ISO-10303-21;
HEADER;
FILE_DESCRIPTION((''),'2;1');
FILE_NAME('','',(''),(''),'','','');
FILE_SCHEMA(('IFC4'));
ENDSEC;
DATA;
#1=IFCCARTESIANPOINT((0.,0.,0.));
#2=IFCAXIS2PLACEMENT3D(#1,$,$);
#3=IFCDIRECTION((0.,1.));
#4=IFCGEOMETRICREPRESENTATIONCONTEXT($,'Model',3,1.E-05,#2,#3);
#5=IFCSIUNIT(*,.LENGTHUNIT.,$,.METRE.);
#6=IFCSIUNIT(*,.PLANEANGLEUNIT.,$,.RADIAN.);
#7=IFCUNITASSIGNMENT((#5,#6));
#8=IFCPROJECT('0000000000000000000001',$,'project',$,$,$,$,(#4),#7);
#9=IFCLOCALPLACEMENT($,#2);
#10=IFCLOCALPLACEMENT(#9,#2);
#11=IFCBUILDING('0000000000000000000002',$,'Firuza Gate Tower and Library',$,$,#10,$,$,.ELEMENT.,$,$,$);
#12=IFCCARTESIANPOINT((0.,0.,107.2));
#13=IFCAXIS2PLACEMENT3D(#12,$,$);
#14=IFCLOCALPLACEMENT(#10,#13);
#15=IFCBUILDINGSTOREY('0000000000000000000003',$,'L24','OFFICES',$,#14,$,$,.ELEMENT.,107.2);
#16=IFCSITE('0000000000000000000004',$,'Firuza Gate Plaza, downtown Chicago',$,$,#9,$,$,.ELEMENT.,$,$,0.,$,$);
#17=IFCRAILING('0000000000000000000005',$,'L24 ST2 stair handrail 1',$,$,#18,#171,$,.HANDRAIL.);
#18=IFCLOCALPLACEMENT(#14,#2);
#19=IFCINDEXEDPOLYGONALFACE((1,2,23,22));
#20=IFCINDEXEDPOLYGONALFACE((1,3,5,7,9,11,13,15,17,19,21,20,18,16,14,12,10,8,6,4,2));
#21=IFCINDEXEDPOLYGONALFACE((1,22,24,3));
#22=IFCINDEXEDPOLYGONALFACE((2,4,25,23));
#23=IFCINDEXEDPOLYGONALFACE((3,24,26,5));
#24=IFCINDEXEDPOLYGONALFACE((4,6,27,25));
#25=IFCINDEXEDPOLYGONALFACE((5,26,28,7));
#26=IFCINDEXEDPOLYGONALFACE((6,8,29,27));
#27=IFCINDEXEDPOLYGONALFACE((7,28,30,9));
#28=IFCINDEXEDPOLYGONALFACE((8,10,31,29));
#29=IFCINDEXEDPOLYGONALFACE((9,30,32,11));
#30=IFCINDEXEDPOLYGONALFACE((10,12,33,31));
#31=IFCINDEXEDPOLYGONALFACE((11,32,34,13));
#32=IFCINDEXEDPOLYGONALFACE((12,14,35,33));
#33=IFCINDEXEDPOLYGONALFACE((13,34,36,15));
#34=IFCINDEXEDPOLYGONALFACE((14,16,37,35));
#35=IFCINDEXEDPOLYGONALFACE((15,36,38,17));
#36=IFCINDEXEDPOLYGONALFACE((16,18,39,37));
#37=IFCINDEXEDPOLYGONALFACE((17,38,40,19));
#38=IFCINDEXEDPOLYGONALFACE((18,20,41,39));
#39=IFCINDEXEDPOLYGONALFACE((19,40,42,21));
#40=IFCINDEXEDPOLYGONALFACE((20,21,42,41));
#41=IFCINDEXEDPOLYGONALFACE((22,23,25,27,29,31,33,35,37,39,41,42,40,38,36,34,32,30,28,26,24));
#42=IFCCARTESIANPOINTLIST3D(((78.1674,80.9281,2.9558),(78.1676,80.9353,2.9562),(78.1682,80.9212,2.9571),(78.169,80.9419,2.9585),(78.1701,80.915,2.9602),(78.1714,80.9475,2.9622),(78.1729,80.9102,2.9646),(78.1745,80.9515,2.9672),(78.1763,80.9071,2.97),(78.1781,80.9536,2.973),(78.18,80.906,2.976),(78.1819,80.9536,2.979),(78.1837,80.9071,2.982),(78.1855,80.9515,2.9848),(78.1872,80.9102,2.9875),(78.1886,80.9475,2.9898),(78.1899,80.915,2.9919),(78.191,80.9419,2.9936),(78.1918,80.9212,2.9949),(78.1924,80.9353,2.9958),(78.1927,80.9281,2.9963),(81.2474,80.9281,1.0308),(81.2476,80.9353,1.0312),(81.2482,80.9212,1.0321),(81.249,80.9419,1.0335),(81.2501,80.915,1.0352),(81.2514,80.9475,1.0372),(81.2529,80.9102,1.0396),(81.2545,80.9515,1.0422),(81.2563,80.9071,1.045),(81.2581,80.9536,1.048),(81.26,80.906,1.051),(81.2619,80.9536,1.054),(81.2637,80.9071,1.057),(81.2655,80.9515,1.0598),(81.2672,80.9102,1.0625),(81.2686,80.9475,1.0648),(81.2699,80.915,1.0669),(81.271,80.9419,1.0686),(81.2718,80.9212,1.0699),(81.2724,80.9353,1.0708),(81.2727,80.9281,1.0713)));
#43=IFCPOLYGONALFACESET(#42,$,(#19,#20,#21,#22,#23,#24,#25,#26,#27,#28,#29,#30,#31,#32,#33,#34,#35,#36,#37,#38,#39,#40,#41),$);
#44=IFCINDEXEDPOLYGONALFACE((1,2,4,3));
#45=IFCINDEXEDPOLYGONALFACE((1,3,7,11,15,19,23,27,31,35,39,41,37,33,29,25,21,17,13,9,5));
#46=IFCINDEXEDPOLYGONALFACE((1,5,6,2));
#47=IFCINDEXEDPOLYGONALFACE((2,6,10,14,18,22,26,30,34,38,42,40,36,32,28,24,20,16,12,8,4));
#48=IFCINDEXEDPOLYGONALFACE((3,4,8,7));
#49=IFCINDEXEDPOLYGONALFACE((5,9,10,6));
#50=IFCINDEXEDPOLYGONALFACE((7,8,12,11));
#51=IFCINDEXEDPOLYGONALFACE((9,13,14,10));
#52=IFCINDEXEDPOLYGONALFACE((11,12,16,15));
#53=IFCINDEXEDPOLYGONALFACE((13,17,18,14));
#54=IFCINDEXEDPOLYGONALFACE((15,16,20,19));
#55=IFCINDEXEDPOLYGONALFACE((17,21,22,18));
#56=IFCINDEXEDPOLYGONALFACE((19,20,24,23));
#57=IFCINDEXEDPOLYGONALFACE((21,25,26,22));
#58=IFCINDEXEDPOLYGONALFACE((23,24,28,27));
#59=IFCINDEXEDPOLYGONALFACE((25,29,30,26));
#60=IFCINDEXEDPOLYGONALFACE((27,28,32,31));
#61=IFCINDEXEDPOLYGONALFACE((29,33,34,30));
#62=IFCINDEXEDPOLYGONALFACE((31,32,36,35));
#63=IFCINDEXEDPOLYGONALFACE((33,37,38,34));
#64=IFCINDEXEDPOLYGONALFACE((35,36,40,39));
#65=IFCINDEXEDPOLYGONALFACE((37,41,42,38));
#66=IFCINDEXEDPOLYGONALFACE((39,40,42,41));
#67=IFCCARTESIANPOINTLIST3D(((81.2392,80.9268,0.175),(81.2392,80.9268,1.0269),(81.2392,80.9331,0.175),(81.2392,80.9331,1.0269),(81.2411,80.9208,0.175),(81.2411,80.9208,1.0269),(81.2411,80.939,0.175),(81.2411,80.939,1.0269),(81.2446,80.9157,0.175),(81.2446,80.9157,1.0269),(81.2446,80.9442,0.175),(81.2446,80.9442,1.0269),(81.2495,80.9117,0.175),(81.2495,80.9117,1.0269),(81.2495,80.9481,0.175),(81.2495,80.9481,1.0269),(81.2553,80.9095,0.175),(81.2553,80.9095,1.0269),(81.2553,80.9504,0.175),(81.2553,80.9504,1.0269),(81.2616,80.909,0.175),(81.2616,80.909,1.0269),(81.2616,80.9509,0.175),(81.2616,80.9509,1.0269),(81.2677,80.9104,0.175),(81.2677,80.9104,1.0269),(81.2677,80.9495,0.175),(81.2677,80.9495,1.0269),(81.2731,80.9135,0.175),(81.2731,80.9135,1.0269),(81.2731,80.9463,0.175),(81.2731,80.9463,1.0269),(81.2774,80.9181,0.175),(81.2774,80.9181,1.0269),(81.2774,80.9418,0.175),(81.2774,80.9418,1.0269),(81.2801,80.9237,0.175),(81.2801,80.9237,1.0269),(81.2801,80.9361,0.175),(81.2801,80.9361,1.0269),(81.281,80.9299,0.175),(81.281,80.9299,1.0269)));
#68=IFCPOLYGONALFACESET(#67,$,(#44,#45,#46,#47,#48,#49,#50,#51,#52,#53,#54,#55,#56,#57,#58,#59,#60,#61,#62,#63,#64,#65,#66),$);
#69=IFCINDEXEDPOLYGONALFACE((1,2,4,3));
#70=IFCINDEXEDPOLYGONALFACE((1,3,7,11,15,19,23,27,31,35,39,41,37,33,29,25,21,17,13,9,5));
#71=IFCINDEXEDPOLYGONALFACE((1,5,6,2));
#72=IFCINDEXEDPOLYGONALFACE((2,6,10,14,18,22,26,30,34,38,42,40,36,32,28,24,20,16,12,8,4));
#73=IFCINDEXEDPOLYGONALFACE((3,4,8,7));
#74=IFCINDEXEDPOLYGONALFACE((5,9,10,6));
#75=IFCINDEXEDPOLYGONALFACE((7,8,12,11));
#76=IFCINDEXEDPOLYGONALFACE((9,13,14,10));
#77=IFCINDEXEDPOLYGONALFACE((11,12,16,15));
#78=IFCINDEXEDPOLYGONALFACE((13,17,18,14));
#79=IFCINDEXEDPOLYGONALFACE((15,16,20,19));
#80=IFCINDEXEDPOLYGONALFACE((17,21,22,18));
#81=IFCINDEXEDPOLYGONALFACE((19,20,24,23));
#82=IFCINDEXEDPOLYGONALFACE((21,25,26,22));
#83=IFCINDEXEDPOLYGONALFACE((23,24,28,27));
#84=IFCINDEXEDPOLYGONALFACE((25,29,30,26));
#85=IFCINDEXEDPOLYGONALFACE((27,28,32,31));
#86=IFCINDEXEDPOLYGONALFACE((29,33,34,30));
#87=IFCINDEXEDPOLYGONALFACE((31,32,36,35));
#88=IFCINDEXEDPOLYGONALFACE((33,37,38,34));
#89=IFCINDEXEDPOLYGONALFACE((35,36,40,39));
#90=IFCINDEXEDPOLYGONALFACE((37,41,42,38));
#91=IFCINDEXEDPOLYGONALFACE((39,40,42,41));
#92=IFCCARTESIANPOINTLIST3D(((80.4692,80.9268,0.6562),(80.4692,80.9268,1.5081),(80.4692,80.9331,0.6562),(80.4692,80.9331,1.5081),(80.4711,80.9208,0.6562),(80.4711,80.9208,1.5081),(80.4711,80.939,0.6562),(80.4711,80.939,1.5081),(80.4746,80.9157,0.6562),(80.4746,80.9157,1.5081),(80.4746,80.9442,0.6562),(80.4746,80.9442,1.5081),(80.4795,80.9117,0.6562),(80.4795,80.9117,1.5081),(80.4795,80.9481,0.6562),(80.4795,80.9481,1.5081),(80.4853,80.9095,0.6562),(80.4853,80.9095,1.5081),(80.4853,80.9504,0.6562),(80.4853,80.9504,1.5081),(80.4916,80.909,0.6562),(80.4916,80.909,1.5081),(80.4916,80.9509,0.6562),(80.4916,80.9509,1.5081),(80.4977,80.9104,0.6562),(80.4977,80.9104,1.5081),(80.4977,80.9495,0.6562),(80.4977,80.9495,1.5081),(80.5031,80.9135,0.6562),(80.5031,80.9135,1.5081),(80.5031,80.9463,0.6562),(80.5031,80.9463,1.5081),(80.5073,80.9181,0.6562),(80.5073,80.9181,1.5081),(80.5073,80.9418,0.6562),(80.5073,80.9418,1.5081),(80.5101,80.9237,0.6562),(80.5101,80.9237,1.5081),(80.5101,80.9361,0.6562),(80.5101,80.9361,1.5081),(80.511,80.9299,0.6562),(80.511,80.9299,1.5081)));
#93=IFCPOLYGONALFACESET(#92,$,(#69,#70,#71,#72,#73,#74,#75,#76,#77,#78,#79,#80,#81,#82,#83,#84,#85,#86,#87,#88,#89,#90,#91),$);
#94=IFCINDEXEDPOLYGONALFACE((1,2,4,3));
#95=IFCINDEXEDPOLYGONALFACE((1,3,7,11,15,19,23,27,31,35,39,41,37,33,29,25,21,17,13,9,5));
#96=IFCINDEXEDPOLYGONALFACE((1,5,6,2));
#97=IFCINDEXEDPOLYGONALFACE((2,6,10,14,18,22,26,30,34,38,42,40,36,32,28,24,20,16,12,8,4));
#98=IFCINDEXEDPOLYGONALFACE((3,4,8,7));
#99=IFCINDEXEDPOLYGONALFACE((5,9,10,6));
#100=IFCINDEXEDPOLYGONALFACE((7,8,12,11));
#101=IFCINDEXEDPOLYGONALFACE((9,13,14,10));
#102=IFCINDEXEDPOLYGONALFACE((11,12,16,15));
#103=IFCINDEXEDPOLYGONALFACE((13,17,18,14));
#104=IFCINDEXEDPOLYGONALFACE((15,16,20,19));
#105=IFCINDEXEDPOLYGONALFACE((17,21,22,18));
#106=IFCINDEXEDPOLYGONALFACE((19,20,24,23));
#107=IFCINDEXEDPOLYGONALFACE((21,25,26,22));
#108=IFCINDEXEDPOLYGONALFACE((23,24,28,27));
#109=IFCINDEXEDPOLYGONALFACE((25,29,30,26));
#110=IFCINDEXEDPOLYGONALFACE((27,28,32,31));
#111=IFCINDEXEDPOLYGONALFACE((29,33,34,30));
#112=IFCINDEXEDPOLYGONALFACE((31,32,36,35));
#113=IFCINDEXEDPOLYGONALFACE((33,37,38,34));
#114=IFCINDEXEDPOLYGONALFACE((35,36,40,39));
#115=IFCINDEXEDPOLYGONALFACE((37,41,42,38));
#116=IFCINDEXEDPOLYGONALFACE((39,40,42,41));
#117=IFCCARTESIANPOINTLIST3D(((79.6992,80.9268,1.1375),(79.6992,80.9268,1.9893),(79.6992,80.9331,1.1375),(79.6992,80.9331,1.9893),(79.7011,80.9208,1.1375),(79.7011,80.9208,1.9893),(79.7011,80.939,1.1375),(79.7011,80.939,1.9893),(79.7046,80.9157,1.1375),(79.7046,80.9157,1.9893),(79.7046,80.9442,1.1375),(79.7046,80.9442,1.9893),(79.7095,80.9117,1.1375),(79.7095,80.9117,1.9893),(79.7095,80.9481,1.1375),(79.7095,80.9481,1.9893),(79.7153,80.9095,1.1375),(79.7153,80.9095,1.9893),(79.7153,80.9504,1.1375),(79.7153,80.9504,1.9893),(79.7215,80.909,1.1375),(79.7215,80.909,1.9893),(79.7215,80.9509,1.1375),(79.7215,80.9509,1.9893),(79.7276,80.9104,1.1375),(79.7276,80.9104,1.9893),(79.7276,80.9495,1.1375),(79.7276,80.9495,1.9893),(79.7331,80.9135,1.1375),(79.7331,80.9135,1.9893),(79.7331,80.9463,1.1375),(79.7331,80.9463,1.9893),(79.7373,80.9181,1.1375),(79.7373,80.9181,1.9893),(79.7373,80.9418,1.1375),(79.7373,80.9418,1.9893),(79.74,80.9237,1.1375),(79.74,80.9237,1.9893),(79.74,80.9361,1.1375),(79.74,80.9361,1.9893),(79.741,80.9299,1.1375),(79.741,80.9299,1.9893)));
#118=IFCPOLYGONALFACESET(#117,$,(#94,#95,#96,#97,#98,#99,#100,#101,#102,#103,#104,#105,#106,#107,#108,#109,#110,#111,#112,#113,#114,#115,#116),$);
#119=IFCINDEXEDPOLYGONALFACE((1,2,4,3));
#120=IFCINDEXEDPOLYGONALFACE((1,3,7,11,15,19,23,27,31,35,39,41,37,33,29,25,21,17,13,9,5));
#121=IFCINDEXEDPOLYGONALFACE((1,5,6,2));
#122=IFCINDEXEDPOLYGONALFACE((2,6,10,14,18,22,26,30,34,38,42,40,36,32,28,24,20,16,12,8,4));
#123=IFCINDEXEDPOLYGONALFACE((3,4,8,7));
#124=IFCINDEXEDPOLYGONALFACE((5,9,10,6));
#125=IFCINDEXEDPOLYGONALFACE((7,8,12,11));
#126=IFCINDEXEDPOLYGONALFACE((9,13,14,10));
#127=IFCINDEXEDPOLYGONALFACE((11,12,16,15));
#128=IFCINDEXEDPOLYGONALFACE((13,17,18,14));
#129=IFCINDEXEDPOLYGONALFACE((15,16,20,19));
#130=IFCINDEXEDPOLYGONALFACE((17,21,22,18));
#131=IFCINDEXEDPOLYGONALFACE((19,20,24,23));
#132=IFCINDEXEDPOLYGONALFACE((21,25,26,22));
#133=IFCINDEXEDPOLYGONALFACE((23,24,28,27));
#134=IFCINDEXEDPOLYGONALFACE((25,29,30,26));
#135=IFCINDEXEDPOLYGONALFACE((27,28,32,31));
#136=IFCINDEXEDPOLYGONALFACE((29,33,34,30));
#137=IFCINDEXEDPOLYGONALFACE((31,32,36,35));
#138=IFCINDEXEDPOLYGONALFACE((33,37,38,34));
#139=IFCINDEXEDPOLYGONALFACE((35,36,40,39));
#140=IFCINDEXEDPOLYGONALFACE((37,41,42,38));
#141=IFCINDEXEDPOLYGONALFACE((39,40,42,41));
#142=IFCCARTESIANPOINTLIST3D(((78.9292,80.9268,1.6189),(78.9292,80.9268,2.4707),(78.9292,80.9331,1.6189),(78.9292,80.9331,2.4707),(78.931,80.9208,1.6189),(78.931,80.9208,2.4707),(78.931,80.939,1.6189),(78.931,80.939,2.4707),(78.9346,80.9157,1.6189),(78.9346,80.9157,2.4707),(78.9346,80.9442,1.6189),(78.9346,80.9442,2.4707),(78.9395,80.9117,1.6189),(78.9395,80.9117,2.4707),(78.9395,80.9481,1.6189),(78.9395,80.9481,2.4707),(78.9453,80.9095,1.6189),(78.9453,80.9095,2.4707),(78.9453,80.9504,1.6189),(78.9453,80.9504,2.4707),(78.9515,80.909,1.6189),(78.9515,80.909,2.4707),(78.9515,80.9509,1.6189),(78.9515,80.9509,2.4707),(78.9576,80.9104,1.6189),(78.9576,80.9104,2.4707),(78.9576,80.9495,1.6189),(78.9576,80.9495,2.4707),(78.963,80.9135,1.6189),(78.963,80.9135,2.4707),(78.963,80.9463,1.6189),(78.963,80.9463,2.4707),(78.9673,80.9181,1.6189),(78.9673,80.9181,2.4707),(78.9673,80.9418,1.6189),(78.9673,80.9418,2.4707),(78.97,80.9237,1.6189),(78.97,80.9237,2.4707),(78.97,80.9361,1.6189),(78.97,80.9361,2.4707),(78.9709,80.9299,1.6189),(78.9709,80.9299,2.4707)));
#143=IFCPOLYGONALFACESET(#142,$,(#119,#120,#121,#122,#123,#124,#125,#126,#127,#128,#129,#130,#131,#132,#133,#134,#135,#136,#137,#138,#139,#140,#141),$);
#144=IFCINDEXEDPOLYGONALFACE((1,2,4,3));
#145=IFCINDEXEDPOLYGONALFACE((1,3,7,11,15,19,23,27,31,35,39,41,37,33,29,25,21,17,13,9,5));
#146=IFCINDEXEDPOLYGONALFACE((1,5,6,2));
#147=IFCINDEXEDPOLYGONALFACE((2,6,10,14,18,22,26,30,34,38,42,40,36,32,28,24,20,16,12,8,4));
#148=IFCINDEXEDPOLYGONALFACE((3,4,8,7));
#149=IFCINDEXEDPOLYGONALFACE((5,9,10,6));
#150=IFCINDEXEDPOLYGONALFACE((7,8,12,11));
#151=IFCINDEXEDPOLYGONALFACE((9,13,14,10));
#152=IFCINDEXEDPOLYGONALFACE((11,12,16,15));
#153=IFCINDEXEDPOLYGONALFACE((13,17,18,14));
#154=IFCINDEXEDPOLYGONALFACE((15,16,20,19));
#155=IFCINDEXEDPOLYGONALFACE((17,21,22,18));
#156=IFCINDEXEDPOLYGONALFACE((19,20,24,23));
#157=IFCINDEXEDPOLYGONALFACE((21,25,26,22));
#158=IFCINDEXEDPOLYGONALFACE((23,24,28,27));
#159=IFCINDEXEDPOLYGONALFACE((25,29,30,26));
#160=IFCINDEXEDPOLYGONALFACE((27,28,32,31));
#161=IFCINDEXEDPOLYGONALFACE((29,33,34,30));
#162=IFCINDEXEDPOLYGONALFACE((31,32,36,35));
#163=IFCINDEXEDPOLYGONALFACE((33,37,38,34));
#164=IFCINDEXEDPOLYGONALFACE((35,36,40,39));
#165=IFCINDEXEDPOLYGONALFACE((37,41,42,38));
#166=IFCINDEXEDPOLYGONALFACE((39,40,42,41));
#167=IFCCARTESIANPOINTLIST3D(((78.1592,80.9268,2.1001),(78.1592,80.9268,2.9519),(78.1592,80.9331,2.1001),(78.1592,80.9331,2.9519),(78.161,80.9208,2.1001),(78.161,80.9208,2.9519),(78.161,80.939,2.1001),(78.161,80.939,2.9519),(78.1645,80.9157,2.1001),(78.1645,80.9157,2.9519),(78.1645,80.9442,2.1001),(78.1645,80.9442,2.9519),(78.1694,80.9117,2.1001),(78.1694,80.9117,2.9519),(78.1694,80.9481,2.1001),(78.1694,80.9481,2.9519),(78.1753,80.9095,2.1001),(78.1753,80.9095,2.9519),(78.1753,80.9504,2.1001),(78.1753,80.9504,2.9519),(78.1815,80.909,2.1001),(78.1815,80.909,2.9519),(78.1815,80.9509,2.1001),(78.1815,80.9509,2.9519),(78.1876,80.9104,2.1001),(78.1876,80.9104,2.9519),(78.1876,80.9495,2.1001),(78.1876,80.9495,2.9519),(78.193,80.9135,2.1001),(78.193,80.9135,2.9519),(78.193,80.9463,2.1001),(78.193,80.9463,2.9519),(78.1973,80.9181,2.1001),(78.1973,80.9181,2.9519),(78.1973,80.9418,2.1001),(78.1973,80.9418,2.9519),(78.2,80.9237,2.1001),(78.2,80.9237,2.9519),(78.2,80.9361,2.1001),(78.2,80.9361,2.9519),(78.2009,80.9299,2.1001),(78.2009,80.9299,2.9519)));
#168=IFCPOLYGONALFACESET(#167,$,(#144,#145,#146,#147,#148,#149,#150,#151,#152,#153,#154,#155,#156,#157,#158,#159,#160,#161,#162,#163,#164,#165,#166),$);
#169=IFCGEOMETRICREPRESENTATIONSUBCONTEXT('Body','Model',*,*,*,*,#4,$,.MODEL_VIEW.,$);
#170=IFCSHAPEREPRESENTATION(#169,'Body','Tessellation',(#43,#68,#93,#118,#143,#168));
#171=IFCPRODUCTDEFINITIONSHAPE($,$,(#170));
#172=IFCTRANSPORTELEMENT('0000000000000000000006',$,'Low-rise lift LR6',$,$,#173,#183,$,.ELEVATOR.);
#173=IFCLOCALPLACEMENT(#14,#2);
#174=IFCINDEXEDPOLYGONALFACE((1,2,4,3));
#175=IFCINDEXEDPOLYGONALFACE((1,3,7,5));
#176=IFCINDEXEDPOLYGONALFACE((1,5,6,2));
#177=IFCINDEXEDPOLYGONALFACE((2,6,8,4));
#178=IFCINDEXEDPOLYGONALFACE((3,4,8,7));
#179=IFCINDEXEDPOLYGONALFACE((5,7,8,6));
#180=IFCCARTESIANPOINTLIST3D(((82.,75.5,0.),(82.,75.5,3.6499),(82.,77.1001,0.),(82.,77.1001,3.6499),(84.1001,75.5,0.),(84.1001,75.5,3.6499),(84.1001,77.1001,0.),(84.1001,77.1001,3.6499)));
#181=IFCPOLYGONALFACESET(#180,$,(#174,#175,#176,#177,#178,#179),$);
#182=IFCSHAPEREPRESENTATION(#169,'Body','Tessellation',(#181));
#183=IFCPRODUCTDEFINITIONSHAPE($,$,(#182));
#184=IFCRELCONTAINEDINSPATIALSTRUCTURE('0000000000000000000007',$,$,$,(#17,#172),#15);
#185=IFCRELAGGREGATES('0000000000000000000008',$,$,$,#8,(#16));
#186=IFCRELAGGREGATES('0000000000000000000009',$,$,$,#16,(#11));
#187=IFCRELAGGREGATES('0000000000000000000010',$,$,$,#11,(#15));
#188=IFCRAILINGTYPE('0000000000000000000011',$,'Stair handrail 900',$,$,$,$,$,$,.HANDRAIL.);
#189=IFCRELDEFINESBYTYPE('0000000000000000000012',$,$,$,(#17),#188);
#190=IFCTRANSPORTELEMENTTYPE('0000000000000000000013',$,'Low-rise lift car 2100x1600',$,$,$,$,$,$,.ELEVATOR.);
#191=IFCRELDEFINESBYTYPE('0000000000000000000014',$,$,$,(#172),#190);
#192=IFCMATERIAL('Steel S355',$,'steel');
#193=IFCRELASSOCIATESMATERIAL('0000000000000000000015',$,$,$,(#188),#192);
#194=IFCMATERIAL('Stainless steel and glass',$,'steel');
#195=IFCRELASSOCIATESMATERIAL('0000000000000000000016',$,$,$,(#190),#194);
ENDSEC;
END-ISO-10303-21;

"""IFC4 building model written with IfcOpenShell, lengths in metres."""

from ifc_helpers import new_model, si_unit, direction, frame, origin, origin_2d, place, context, subcontext, project, spatial, rectangle, circle, extrude, material, type_object, element, save


model = new_model("IFC4")

# Units and contexts
model_context = context("Model", 3, precision=1e-05, world=origin(), true_north=direction((0.0, 1.0)))
body_context = subcontext(model_context, "Body", "Model", "MODEL_VIEW")
ifc_project = project(units=[si_unit("LENGTHUNIT", "METRE"), si_unit("PLANEANGLEUNIT", "RADIAN")], contexts=[model_context])

# Site, building, storey
site_placement = place(None, origin())
site = spatial("IfcSite", under=ifc_project, at=site_placement, Name="Firuza Gate Plaza, downtown Chicago", CompositionType="ELEMENT", RefElevation=0.0)
building_placement = place(site_placement, origin())
building = spatial("IfcBuilding", under=site, at=building_placement, Name="Firuza Gate Tower and Library", CompositionType="ELEMENT")
storey_placement = place(building_placement, frame((0.0, 0.0, 107.2)))
storey = spatial("IfcBuildingStorey", under=building, at=storey_placement, Name="L24", Description="OFFICES", CompositionType="ELEMENT", Elevation=107.2)

# Railing
ifc_material_1 = material(Name="Steel S355", Category="steel")
railing_type_1 = type_object("IfcRailingType", Name="Stair handrail 900", PredefinedType="HANDRAIL", material=ifc_material_1)
railing_1_placement = place(storey_placement, frame((81.26, 80.9299, 0.175)))
element("IfcRailing", 1, at=railing_1_placement, inside=storey, type_object=railing_type_1, Name="L24 ST2 stair handrail 1", PredefinedType="HANDRAIL", context=body_context, shape_type="SweptSolid", body=[
    extrude(circle(Radius=0.0239, at=origin_2d()), frame((0.0, 0.0, 0.876), z_axis=(-0.847998, 0.0, 0.529999), x_axis=(0.0, -1.0, 0.0)), (0.0, 0.0, 1.0), 3.6321),
    extrude(circle(Radius=0.021, at=origin_2d()), origin(), (0.0, 0.0, 1.0), 0.8518),
    extrude(circle(Radius=0.021, at=origin_2d()), frame((-0.77, 0.0, 0.4812)), (0.0, 0.0, 1.0), 0.8518),
    extrude(circle(Radius=0.021, at=origin_2d()), frame((-1.54, 0.0, 0.9624)), (0.0, 0.0, 1.0), 0.8518),
    extrude(circle(Radius=0.021, at=origin_2d()), frame((-2.3101, 0.0, 1.4438)), (0.0, 0.0, 1.0), 0.8518),
    extrude(circle(Radius=0.021, at=origin_2d()), frame((-3.0801, 0.0, 1.925)), (0.0, 0.0, 1.0), 0.8518),
])

# Transport element
ifc_material_2 = material(Name="Stainless steel and glass", Category="steel")
transport_element_type = type_object("IfcTransportElementType", Name="Low-rise lift car 2100x1600", PredefinedType="ELEVATOR", material=ifc_material_2)
transport_element_placement = place(storey_placement, frame((83.05, 76.3, 0.0), z_axis=(0.0, 0.0, 1.0), x_axis=(1.0, 0.0, 0.0)))
element("IfcTransportElement", 2, at=transport_element_placement, inside=storey, type_object=transport_element_type, Name="Low-rise lift LR6", PredefinedType="ELEVATOR", context=body_context, shape_type="SweptSolid", body=[
    extrude(rectangle(XDim=2.1001, YDim=1.6001, at=origin_2d()), origin(), (0.0, 0.0, 1.0), 3.6499),
])

save(model, "model.ifc")
